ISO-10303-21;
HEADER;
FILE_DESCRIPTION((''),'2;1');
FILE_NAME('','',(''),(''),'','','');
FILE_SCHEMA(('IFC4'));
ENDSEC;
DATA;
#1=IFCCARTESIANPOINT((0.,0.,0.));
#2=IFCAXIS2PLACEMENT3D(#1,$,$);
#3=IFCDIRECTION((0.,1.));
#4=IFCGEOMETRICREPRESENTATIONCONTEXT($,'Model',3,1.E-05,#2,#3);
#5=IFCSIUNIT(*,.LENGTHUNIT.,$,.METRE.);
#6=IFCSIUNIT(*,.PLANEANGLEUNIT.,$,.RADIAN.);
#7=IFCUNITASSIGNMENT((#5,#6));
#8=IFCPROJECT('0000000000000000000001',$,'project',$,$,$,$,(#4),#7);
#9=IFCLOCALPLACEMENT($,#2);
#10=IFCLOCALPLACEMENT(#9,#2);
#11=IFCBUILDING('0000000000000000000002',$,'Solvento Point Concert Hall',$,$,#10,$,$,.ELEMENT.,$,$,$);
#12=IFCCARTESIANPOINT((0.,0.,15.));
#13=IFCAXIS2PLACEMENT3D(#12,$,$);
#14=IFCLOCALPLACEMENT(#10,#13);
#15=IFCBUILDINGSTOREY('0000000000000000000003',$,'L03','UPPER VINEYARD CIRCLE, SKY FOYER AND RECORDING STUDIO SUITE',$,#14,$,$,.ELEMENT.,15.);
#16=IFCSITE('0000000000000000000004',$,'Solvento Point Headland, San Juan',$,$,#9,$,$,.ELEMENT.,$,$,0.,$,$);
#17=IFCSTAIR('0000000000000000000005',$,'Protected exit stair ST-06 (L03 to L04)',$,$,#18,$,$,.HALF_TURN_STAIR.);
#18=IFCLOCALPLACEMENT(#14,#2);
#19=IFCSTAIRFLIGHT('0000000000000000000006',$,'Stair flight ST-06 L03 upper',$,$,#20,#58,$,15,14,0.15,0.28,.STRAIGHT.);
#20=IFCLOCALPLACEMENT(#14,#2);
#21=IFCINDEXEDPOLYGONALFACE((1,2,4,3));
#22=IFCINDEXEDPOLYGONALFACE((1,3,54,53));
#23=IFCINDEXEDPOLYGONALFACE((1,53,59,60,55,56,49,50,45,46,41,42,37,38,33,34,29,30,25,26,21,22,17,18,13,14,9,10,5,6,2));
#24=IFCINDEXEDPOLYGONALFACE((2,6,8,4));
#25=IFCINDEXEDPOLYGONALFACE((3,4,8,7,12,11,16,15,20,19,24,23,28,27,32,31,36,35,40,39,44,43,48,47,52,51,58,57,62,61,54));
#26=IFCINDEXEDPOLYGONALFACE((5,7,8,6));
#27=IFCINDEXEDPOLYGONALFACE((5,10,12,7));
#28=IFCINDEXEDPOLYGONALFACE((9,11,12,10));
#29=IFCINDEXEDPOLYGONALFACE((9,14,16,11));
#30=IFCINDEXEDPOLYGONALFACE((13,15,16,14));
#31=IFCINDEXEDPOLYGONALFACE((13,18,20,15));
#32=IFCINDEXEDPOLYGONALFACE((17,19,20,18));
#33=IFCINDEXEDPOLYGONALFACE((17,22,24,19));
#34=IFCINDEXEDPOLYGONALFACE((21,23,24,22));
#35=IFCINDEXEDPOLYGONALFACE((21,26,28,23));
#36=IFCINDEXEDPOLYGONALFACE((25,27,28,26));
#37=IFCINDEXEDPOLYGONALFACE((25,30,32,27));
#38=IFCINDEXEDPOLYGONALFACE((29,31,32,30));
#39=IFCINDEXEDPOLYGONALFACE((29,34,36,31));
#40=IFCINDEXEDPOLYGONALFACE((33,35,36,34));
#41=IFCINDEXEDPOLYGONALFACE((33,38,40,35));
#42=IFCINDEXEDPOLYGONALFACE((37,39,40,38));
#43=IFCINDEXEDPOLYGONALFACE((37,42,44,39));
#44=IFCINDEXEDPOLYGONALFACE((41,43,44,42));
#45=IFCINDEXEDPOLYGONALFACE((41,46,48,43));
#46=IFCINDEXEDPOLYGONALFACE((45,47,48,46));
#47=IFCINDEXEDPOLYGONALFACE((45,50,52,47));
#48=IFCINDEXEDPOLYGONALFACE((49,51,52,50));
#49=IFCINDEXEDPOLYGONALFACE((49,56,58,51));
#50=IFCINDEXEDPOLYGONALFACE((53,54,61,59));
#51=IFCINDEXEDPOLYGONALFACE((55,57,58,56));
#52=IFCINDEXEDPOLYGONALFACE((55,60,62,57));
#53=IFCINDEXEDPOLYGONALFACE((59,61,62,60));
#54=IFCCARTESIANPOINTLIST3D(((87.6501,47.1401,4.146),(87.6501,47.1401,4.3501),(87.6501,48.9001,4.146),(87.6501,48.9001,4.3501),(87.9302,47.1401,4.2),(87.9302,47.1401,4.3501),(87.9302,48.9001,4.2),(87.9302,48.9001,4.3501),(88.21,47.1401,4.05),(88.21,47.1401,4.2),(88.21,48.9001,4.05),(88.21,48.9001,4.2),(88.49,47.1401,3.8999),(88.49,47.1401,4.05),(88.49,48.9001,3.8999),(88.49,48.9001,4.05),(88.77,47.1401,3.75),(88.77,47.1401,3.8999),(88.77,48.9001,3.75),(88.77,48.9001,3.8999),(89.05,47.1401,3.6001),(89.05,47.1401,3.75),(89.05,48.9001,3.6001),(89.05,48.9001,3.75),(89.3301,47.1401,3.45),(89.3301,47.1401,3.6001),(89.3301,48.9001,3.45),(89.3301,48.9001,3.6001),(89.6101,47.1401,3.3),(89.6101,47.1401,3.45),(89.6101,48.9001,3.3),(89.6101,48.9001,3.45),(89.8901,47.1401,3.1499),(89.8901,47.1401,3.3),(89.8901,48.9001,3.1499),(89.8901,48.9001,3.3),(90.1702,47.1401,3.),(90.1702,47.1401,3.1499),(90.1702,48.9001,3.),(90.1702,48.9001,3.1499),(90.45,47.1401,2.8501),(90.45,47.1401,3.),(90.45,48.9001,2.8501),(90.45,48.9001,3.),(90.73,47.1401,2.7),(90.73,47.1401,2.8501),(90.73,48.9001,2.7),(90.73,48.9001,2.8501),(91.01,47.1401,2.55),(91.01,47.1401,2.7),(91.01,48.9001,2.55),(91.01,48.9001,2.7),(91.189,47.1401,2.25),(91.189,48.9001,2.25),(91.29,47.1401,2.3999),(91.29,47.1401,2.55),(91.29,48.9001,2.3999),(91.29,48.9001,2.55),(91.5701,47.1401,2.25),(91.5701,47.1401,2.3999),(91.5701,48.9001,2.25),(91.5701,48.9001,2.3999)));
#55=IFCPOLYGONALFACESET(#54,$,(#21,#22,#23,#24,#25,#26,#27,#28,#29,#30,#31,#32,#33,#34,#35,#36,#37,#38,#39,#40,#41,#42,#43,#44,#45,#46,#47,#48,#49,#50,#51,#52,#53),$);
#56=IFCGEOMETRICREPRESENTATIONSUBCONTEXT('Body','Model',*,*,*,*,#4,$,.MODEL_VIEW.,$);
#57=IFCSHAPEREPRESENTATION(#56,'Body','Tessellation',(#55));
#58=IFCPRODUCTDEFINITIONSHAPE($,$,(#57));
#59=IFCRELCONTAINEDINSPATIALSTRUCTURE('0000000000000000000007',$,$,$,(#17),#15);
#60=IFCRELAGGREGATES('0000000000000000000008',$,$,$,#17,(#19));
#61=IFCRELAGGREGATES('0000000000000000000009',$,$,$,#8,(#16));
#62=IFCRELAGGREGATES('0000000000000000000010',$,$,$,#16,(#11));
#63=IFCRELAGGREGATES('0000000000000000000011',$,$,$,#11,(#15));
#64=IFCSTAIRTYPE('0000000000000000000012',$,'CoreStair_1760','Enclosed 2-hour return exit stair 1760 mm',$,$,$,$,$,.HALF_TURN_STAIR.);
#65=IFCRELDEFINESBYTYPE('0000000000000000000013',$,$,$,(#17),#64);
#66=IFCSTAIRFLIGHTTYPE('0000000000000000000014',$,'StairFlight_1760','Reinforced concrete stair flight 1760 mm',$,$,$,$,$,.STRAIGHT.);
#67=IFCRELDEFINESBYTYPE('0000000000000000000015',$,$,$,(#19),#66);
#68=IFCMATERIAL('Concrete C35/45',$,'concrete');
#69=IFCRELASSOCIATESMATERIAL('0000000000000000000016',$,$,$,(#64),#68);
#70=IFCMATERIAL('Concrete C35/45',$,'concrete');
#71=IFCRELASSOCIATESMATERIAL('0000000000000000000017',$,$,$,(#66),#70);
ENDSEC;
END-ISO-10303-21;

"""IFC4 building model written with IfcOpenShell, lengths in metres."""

from ifc_helpers import new_model, si_unit, direction, frame, origin, place, context, subcontext, project, spatial, polyline, outline, extrude, material, type_object, element, aggregate, save


model = new_model("IFC4")

# Units and contexts
model_context = context("Model", 3, precision=1e-05, world=origin(), true_north=direction((0.0, 1.0)))
body_context = subcontext(model_context, "Body", "Model", "MODEL_VIEW")
ifc_project = project(units=[si_unit("LENGTHUNIT", "METRE"), si_unit("PLANEANGLEUNIT", "RADIAN")], contexts=[model_context])

# Site, building, storey
site_placement = place(None, origin())
site = spatial("IfcSite", under=ifc_project, at=site_placement, Name="Solvento Point Headland, San Juan", CompositionType="ELEMENT", RefElevation=0.0)
building_placement = place(site_placement, origin())
building = spatial("IfcBuilding", under=site, at=building_placement, Name="Solvento Point Concert Hall", CompositionType="ELEMENT")
storey_placement = place(building_placement, frame((0.0, 0.0, 15.0)))
storey = spatial("IfcBuildingStorey", under=building, at=storey_placement, Name="L03", Description="UPPER VINEYARD CIRCLE, SKY FOYER AND RECORDING STUDIO SUITE", CompositionType="ELEMENT", Elevation=15.0)

# Stair, stair flight
ifc_material_1 = material(Name="Concrete C35/45", Category="concrete")
stair_type = type_object("IfcStairType", Name="CoreStair_1760", Description="Enclosed 2-hour return exit stair 1760 mm", PredefinedType="HALF_TURN_STAIR", material=ifc_material_1)
stair_placement = place(storey_placement, origin())
stair = element("IfcStair", 1, at=stair_placement, inside=storey, type_object=stair_type, Name="Protected exit stair ST-06 (L03 to L04)", PredefinedType="HALF_TURN_STAIR")
ifc_material_2 = material(Name="Concrete C35/45", Category="concrete")
stair_flight_type = type_object("IfcStairFlightType", Name="StairFlight_1760", Description="Reinforced concrete stair flight 1760 mm", PredefinedType="STRAIGHT", material=ifc_material_2)
stair_flight_1_placement = place(storey_placement, frame((91.5701, 48.02, 2.25), z_axis=(0.0, 0.0, 1.0), x_axis=(-1.0, 0.0, 0.0)))
stair_flight_1 = element("IfcStairFlight", 2, at=stair_flight_1_placement, type_object=stair_flight_type, Name="Stair flight ST-06 L03 upper", NumberOfRisers=15, NumberOfTreads=14, PredefinedType="STRAIGHT", RiserHeight=0.15, TreadLength=0.28, context=body_context, shape_type="SweptSolid", body=[
    extrude(outline(polyline([(0.0, 0.0), (0.0, 0.1499), (0.28, 0.1499), (0.28, 0.3), (0.5601, 0.3), (0.5601, 0.45), (0.8401, 0.45), (0.8401, 0.6001), (1.1201, 0.6001), (1.1201, 0.75), (1.3999, 0.75), (1.3999, 0.8999), (1.6799, 0.8999), (1.6799, 1.05), (1.96, 1.05), (1.96, 1.2), (2.24, 1.2), (2.24, 1.3501), (2.52, 1.3501), (2.52, 1.5), (2.8, 1.5), (2.8, 1.6499), (3.0801, 1.6499), (3.0801, 1.8), (3.3601, 1.8), (3.3601, 1.95), (3.6399, 1.95), (3.6399, 2.1001), (3.9199, 2.1001), (3.9199, 2.25), (3.9199, 1.896), (0.3811, 0.0), (0.0, 0.0)])), frame((0.0, 0.8799, 0.0), z_axis=(0.0, -1.0, 0.0), x_axis=(1.0, 0.0, 0.0)), (0.0, 0.0, 1.0), 1.76),
])
aggregate(stair, [stair_flight_1])

save(model, "model.ifc")
